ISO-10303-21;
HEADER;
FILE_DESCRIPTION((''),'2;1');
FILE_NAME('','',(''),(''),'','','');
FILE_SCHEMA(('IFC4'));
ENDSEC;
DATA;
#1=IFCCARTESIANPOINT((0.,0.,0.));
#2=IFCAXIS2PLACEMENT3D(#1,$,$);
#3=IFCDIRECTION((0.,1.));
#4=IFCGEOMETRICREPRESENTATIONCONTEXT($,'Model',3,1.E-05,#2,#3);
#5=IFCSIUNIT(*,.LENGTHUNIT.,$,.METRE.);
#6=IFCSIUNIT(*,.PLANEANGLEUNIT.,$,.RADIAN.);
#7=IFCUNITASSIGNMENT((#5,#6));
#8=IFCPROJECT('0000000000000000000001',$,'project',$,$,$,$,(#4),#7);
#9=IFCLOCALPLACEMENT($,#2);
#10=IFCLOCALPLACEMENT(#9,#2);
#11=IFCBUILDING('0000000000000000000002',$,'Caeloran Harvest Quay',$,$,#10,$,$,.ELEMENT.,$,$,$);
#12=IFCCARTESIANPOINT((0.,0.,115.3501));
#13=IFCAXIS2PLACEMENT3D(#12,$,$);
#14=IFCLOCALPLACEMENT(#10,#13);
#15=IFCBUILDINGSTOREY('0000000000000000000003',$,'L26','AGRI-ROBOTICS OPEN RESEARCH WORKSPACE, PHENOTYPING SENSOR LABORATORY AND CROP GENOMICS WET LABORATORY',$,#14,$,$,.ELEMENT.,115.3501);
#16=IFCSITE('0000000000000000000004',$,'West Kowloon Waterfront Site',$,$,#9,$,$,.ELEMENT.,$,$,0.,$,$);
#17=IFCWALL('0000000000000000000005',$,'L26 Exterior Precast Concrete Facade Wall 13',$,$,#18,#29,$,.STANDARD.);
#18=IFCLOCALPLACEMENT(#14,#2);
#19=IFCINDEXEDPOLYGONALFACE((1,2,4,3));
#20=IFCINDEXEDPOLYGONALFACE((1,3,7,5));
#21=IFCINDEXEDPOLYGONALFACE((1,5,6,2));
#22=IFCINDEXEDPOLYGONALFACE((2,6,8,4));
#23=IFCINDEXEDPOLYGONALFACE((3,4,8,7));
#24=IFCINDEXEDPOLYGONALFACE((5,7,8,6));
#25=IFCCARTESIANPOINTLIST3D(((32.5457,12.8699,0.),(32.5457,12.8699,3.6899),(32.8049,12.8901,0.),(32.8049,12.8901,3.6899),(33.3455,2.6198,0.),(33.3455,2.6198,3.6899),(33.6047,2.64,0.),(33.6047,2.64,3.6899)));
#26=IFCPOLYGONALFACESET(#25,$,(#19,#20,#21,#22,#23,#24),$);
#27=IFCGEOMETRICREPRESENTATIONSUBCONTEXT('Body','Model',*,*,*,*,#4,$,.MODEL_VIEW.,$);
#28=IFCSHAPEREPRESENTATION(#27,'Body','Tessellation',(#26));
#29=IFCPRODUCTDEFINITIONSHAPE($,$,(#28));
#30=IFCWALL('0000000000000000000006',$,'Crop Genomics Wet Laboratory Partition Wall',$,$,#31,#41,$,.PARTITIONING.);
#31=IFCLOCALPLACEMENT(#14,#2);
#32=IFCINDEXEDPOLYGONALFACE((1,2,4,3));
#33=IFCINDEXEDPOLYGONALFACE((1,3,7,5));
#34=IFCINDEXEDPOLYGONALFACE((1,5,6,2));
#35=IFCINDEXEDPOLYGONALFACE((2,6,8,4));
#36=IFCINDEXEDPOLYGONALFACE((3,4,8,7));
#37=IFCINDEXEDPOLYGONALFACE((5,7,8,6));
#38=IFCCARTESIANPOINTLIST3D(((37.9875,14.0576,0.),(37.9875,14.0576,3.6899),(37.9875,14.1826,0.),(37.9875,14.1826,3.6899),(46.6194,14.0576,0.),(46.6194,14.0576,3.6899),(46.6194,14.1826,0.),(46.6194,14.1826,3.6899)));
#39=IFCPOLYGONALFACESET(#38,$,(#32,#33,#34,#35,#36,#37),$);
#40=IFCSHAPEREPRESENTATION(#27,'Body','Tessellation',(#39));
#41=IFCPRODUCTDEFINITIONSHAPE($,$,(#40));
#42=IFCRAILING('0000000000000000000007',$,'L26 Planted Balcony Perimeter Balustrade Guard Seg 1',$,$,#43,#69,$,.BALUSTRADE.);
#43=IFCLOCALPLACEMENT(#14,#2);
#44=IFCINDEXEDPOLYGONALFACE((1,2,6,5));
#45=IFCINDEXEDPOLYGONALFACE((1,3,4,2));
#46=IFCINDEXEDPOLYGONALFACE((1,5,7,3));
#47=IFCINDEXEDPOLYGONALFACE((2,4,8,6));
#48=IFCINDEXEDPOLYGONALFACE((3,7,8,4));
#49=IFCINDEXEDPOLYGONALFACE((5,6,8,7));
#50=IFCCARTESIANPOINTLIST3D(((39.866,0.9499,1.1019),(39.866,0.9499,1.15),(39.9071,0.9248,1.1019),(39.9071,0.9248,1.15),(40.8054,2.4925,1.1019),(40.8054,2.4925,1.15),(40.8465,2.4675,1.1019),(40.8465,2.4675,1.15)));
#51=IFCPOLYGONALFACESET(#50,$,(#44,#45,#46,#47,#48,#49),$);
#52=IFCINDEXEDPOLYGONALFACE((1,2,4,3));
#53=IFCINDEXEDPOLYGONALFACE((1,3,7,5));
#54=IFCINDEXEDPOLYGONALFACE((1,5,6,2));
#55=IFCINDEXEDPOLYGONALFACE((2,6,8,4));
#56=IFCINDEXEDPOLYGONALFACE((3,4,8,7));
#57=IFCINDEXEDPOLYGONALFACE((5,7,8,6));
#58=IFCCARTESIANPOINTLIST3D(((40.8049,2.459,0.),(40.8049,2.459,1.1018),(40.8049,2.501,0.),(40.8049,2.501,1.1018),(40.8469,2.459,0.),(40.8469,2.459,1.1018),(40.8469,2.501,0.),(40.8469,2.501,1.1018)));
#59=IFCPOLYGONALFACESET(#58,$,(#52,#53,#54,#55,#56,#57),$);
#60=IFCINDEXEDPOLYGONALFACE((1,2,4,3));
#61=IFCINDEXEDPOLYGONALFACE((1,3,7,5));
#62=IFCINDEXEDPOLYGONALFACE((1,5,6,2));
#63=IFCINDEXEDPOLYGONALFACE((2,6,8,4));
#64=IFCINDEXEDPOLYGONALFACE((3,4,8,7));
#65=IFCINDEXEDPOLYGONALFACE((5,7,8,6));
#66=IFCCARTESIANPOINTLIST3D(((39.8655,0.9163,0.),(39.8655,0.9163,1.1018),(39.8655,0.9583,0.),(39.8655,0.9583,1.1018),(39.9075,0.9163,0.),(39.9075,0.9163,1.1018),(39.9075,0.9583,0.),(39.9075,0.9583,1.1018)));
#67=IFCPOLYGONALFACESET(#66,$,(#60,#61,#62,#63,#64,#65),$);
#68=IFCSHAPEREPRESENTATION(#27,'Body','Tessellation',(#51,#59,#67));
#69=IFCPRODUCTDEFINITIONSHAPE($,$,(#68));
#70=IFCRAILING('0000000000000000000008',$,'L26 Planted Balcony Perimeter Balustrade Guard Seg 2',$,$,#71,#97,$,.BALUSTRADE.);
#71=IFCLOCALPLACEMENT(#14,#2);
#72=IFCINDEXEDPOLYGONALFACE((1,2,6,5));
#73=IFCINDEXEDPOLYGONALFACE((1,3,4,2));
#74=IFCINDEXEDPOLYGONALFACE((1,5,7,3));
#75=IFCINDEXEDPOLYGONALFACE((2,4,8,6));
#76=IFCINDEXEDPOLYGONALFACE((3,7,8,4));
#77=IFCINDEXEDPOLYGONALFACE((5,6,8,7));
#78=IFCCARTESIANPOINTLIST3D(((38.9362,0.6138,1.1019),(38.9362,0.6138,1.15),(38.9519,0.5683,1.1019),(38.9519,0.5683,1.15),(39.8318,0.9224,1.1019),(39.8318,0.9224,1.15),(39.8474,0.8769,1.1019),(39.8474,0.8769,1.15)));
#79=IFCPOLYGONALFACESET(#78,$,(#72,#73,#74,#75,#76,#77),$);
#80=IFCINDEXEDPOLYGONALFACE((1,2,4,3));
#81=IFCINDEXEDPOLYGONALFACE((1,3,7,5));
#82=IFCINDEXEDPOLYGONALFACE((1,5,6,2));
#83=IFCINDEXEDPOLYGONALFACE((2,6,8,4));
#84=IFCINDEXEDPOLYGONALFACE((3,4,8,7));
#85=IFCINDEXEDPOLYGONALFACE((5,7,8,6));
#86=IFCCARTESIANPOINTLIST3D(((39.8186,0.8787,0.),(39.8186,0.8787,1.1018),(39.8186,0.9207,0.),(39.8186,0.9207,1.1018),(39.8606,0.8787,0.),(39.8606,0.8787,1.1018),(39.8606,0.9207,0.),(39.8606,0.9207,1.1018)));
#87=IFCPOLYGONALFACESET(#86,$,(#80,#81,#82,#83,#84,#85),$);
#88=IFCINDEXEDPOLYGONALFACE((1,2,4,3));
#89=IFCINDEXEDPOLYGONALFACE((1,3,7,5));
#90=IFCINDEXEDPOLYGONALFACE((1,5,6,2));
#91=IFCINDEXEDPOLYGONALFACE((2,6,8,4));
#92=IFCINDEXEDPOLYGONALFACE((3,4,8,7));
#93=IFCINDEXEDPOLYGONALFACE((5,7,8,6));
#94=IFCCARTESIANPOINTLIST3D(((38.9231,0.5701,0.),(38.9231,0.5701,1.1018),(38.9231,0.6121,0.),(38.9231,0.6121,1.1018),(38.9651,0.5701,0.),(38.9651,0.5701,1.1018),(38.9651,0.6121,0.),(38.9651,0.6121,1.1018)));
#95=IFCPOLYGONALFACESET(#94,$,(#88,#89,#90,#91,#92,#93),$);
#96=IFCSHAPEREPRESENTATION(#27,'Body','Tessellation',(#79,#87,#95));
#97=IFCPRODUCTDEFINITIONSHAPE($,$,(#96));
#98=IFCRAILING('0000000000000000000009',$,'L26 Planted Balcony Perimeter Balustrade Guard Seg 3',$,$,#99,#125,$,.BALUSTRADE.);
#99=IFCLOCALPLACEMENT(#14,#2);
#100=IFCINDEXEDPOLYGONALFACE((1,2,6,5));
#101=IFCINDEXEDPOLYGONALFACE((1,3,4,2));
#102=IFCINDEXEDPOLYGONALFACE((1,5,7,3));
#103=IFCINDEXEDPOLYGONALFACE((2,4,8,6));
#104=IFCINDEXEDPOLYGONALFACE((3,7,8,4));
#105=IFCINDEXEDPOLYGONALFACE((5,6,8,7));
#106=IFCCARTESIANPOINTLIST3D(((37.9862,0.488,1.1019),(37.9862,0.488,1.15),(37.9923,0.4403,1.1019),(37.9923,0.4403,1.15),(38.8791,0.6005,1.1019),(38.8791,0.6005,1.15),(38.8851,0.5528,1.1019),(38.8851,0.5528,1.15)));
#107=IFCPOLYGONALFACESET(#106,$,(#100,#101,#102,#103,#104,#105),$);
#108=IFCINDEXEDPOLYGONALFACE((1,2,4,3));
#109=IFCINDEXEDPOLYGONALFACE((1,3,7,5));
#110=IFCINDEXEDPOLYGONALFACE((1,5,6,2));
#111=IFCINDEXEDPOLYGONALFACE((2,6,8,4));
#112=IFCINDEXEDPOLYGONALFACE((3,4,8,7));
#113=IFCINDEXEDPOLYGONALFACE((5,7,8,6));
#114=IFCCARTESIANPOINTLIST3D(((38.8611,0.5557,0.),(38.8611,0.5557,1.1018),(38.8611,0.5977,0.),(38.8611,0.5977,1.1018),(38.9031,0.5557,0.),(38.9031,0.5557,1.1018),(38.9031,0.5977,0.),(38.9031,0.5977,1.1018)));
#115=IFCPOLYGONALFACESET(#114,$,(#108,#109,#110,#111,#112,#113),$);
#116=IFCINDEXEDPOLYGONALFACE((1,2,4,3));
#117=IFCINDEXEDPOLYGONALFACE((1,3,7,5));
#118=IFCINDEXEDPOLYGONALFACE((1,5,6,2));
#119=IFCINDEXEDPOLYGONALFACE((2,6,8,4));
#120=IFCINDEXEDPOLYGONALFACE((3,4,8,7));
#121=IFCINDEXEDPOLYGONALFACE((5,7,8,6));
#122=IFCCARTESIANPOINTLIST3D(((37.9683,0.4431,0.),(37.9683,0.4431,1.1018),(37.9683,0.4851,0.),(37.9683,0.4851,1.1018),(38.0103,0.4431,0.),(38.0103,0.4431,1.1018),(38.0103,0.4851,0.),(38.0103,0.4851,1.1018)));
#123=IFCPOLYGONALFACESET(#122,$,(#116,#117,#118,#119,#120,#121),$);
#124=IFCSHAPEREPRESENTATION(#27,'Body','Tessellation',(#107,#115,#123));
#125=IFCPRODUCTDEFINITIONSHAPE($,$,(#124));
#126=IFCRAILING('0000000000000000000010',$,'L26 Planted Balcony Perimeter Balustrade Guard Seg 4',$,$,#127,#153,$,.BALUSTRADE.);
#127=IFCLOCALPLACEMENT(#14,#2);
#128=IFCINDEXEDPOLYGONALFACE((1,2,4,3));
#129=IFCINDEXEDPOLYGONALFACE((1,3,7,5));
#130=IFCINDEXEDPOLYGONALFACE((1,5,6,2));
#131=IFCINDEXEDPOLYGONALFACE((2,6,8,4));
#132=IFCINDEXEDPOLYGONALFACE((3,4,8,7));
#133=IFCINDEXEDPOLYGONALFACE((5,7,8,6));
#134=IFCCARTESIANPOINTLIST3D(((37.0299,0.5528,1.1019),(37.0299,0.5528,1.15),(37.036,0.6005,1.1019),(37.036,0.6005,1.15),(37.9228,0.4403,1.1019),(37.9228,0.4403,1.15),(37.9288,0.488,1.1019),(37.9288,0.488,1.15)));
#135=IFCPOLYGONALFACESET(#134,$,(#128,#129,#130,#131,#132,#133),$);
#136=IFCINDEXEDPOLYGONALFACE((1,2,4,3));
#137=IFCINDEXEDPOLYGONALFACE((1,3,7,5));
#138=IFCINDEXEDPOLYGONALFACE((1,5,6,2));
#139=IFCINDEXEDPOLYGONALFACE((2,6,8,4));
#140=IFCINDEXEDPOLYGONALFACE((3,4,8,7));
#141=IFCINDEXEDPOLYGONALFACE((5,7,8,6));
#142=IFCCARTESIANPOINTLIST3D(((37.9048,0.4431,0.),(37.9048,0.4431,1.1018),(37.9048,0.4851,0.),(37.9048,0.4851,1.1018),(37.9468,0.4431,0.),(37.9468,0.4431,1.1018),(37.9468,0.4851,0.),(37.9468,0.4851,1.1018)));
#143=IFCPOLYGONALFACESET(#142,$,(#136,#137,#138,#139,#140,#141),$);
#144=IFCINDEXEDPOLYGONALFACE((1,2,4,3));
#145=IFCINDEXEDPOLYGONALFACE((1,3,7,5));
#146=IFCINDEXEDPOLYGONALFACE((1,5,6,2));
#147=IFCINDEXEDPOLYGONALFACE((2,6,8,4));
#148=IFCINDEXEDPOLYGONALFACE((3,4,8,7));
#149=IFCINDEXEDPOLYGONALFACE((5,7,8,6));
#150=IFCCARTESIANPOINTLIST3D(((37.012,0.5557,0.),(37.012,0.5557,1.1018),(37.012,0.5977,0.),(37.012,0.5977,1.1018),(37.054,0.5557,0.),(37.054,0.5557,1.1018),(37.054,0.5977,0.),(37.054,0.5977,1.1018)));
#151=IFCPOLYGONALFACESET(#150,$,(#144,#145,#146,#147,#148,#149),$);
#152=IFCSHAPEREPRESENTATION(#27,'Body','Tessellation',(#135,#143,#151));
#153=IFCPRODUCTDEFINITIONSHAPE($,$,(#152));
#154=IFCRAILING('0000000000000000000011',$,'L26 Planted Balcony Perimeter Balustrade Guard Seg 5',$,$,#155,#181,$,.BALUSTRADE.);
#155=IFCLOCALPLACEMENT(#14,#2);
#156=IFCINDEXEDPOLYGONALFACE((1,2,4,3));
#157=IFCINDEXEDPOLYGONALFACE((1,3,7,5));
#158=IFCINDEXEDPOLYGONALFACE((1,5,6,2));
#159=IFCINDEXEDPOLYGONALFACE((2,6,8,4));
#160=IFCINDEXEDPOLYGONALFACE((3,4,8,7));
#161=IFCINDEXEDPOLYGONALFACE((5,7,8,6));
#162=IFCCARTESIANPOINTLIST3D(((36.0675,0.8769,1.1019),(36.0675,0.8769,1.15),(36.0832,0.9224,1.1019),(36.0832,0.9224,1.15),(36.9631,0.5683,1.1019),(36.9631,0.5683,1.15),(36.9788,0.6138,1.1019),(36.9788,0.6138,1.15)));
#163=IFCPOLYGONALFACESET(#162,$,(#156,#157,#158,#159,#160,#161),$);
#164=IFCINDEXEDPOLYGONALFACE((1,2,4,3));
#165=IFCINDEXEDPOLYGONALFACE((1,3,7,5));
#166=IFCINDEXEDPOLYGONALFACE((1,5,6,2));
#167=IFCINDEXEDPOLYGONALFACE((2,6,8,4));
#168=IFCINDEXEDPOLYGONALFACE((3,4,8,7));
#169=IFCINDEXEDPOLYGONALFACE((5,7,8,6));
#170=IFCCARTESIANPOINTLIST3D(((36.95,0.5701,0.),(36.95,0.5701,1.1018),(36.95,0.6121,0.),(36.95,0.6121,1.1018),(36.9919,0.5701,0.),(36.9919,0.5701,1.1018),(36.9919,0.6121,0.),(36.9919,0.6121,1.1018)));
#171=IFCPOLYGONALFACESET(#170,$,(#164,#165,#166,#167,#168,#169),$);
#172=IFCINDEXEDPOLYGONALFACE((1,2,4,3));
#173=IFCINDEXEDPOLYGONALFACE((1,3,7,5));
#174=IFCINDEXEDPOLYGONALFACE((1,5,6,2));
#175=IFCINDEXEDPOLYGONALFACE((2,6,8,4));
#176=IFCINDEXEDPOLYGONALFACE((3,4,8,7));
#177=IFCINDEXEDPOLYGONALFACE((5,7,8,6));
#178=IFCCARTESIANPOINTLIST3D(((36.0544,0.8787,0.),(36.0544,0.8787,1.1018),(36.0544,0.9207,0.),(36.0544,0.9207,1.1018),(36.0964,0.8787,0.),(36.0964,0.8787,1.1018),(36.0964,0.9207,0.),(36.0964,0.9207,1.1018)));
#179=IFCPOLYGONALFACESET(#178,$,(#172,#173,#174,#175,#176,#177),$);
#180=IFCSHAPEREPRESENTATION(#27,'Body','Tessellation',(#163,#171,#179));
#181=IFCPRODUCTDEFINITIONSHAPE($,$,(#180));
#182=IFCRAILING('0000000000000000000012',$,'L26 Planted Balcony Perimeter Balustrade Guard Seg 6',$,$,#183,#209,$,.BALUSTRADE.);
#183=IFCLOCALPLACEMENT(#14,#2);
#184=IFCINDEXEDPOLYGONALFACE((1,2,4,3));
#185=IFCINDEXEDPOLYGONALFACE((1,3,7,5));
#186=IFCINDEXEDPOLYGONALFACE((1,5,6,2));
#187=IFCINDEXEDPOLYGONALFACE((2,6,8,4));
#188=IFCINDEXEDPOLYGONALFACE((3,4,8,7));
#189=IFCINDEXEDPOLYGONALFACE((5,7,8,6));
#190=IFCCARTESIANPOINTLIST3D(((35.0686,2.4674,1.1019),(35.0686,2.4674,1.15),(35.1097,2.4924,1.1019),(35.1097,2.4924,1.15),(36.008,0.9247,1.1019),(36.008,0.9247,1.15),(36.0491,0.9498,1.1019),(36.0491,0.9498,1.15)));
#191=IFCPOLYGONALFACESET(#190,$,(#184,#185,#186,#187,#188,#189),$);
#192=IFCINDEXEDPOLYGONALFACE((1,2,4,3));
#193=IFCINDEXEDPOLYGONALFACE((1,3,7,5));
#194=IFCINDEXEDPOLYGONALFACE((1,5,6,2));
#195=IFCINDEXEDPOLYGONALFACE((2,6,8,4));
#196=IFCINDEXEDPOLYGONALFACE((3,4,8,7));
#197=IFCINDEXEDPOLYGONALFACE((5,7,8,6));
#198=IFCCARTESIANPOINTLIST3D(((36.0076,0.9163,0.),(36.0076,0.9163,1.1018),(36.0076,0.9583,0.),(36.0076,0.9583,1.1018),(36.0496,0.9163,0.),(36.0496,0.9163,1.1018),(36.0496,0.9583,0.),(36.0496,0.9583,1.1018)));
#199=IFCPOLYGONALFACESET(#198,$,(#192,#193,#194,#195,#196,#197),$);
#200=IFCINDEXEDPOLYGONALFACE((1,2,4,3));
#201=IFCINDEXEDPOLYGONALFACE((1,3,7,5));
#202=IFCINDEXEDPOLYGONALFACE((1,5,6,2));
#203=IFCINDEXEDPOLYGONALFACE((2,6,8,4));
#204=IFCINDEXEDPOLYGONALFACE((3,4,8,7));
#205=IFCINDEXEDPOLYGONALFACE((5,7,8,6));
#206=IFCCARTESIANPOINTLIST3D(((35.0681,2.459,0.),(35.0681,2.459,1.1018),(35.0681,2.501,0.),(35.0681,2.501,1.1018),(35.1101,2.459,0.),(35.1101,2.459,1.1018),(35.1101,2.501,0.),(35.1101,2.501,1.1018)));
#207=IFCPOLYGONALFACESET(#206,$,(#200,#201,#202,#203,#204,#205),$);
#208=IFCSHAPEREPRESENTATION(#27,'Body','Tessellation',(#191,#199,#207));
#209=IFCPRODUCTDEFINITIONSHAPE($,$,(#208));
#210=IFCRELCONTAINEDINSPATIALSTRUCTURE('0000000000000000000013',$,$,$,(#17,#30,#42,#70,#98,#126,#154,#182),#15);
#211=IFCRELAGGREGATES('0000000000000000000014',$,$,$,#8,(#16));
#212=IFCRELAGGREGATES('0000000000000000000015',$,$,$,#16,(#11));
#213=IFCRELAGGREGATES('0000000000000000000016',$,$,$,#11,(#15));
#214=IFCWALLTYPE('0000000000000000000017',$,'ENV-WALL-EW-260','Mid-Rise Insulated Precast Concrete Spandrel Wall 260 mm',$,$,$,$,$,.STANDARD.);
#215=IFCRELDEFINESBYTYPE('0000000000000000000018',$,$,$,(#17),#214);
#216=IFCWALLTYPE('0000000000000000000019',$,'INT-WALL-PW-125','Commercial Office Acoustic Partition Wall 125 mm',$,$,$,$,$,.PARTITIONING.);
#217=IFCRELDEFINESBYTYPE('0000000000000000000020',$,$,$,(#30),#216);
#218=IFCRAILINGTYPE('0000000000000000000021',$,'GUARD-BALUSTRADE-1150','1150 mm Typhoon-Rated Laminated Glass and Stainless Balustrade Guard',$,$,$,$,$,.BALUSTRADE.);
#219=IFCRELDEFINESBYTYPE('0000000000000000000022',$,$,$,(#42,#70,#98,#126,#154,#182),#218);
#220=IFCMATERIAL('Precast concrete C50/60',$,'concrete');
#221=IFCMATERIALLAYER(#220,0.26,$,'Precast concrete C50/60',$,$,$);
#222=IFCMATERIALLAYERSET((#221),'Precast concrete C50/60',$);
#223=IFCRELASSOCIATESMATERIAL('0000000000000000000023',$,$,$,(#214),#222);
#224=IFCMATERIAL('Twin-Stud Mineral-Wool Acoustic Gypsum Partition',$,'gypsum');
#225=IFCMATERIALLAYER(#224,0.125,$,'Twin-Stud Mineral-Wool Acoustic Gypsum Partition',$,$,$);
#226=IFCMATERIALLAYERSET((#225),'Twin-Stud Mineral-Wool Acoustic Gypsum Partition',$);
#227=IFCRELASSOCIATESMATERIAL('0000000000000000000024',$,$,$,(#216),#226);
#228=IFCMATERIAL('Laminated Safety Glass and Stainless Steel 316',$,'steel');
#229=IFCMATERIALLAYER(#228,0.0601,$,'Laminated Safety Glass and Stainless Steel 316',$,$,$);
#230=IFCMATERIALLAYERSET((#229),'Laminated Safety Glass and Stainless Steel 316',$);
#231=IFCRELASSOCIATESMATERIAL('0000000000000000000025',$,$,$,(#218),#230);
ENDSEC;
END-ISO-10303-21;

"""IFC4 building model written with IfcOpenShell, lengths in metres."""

from ifc_helpers import new_model, si_unit, direction, frame, frame_2d, origin, origin_2d, place, context, subcontext, project, spatial, rectangle, extrude, material, layer, layer_set, type_object, element, save


model = new_model("IFC4")

# Units and contexts
model_context = context("Model", 3, precision=1e-05, world=origin(), true_north=direction((0.0, 1.0)))
body_context = subcontext(model_context, "Body", "Model", "MODEL_VIEW")
ifc_project = project(units=[si_unit("LENGTHUNIT", "METRE"), si_unit("PLANEANGLEUNIT", "RADIAN")], contexts=[model_context])

# Site, building, storey
site_placement = place(None, origin())
site = spatial("IfcSite", under=ifc_project, at=site_placement, Name="West Kowloon Waterfront Site", CompositionType="ELEMENT", RefElevation=0.0)
building_placement = place(site_placement, origin())
building = spatial("IfcBuilding", under=site, at=building_placement, Name="Caeloran Harvest Quay", CompositionType="ELEMENT")
storey_placement = place(building_placement, frame((0.0, 0.0, 115.3501)))
storey = spatial("IfcBuildingStorey", under=building, at=storey_placement, Name="L26", Description="AGRI-ROBOTICS OPEN RESEARCH WORKSPACE, PHENOTYPING SENSOR LABORATORY AND CROP GENOMICS WET LABORATORY", CompositionType="ELEMENT", Elevation=115.3501)

# Shared definitions
ifc_material_1 = material(Name="Precast concrete C50/60", Category="concrete")

# Shared definitions
ifc_layer_1 = layer(ifc_material_1, 0.26, Name="Precast concrete C50/60")
ifc_layer_set_1 = layer_set([ifc_layer_1], Name="Precast concrete C50/60")
wall_type_1 = type_object("IfcWallType", Name="ENV-WALL-EW-260", Description="Mid-Rise Insulated Precast Concrete Spandrel Wall 260 mm", PredefinedType="STANDARD", material=ifc_layer_set_1)

# Walls
wall_1_placement = place(storey_placement, frame((33.4751, 2.6299, 0.0), z_axis=(0.0, 0.0, 1.0), x_axis=(-0.077793, 0.99697, 0.0)))
element("IfcWall", 1, at=wall_1_placement, inside=storey, type_object=wall_type_1, Name="L26 Exterior Precast Concrete Facade Wall 13", PredefinedType="STANDARD", context=body_context, shape_type="SweptSolid", body=[
    extrude(rectangle(XDim=10.2812, YDim=0.26, at=frame_2d((5.1406, 0.0))), origin(), (0.0, 0.0, 1.0), 3.6899),
])
ifc_material_2 = material(Name="Twin-Stud Mineral-Wool Acoustic Gypsum Partition", Category="gypsum")
ifc_layer_2 = layer(ifc_material_2, 0.125, Name="Twin-Stud Mineral-Wool Acoustic Gypsum Partition")
ifc_layer_set_2 = layer_set([ifc_layer_2], Name="Twin-Stud Mineral-Wool Acoustic Gypsum Partition")
wall_type_2 = type_object("IfcWallType", Name="INT-WALL-PW-125", Description="Commercial Office Acoustic Partition Wall 125 mm", PredefinedType="PARTITIONING", material=ifc_layer_set_2)
wall_2_placement = place(storey_placement, frame((37.9875, 14.1201, 0.0), z_axis=(0.0, 0.0, 1.0), x_axis=(1.0, 0.0, 0.0)))
element("IfcWall", 2, at=wall_2_placement, inside=storey, type_object=wall_type_2, Name="Crop Genomics Wet Laboratory Partition Wall", PredefinedType="PARTITIONING", context=body_context, shape_type="SweptSolid", body=[
    extrude(rectangle(XDim=8.6318, YDim=0.125, at=frame_2d((4.3159, 0.0))), origin(), (0.0, 0.0, 1.0), 3.6899),
])

# Railings
ifc_material_3 = material(Name="Laminated Safety Glass and Stainless Steel 316", Category="steel")
ifc_layer_3 = layer(ifc_material_3, 0.0601, Name="Laminated Safety Glass and Stainless Steel 316")
ifc_layer_set_3 = layer_set([ifc_layer_3], Name="Laminated Safety Glass and Stainless Steel 316")
railing_type = type_object("IfcRailingType", Name="GUARD-BALUSTRADE-1150", Description="1150 mm Typhoon-Rated Laminated Glass and Stainless Balustrade Guard", PredefinedType="BALUSTRADE", material=ifc_layer_set_3)
railing_1_placement = place(storey_placement, frame((40.8259, 2.48, 0.0)))
element("IfcRailing", 3, at=railing_1_placement, inside=storey, type_object=railing_type, Name="L26 Planted Balcony Perimeter Balustrade Guard Seg 1", PredefinedType="BALUSTRADE", context=body_context, shape_type="SweptSolid", body=[
    extrude(rectangle(XDim=0.0481, YDim=0.0481, at=origin_2d()), frame((0.0, 0.0, 1.126), z_axis=(-0.52011, -0.854099, 0.0), x_axis=(0.854099, -0.52011, 0.0)), (0.0, 0.0, 1.0), 1.8062),
    extrude(rectangle(XDim=0.042, YDim=0.042, at=origin_2d()), origin(), (0.0, 0.0, 1.0), 1.1018),
    extrude(rectangle(XDim=0.042, YDim=0.042, at=origin_2d()), frame((-0.9395, -1.5427, 0.0)), (0.0, 0.0, 1.0), 1.1018),
])
railing_2_placement = place(storey_placement, frame((39.8396, 0.8997, 0.0)))
element("IfcRailing", 4, at=railing_2_placement, inside=storey, type_object=railing_type, Name="L26 Planted Balcony Perimeter Balustrade Guard Seg 2", PredefinedType="BALUSTRADE", context=body_context, shape_type="SweptSolid", body=[
    extrude(rectangle(XDim=0.0481, YDim=0.0481, at=origin_2d()), frame((0.0, 0.0, 1.126), z_axis=(-0.945439, -0.3258, 0.0), x_axis=(0.3258, -0.945439, 0.0)), (0.0, 0.0, 1.0), 0.9473),
    extrude(rectangle(XDim=0.042, YDim=0.042, at=origin_2d()), origin(), (0.0, 0.0, 1.0), 1.1018),
    extrude(rectangle(XDim=0.042, YDim=0.042, at=origin_2d()), frame((-0.8955, -0.3086, 0.0)), (0.0, 0.0, 1.0), 1.1018),
])
railing_3_placement = place(storey_placement, frame((38.8821, 0.5767, 0.0)))
element("IfcRailing", 5, at=railing_3_placement, inside=storey, type_object=railing_type, Name="L26 Planted Balcony Perimeter Balustrade Guard Seg 3", PredefinedType="BALUSTRADE", context=body_context, shape_type="SweptSolid", body=[
    extrude(rectangle(XDim=0.0481, YDim=0.0481, at=origin_2d()), frame((0.0, 0.0, 1.126), z_axis=(-0.992148, -0.12507, 0.0), x_axis=(0.12507, -0.992148, 0.0)), (0.0, 0.0, 1.0), 0.8999),
    extrude(rectangle(XDim=0.042, YDim=0.042, at=origin_2d()), origin(), (0.0, 0.0, 1.0), 1.1018),
    extrude(rectangle(XDim=0.042, YDim=0.042, at=origin_2d()), frame((-0.8928, -0.1125, 0.0)), (0.0, 0.0, 1.0), 1.1018),
])
railing_4_placement = place(storey_placement, frame((37.9258, 0.4641, 0.0)))
element("IfcRailing", 6, at=railing_4_placement, inside=storey, type_object=railing_type, Name="L26 Planted Balcony Perimeter Balustrade Guard Seg 4", PredefinedType="BALUSTRADE", context=body_context, shape_type="SweptSolid", body=[
    extrude(rectangle(XDim=0.0481, YDim=0.0481, at=origin_2d()), frame((0.0, 0.0, 1.126), z_axis=(-0.992148, 0.12507, 0.0), x_axis=(-0.12507, -0.992148, 0.0)), (0.0, 0.0, 1.0), 0.8999),
    extrude(rectangle(XDim=0.042, YDim=0.042, at=origin_2d()), origin(), (0.0, 0.0, 1.0), 1.1018),
    extrude(rectangle(XDim=0.042, YDim=0.042, at=origin_2d()), frame((-0.8928, 0.1125, 0.0)), (0.0, 0.0, 1.0), 1.1018),
])
railing_5_placement = place(storey_placement, frame((36.9709, 0.5911, 0.0)))
element("IfcRailing", 7, at=railing_5_placement, inside=storey, type_object=railing_type, Name="L26 Planted Balcony Perimeter Balustrade Guard Seg 5", PredefinedType="BALUSTRADE", context=body_context, shape_type="SweptSolid", body=[
    extrude(rectangle(XDim=0.0481, YDim=0.0481, at=origin_2d()), frame((0.0, 0.0, 1.126), z_axis=(-0.945439, 0.3258, 0.0), x_axis=(-0.3258, -0.945439, 0.0)), (0.0, 0.0, 1.0), 0.9473),
    extrude(rectangle(XDim=0.042, YDim=0.042, at=origin_2d()), origin(), (0.0, 0.0, 1.0), 1.1018),
    extrude(rectangle(XDim=0.042, YDim=0.042, at=origin_2d()), frame((-0.8955, 0.3086, 0.0)), (0.0, 0.0, 1.0), 1.1018),
])
railing_6_placement = place(storey_placement, frame((36.0286, 0.9373, 0.0)))
element("IfcRailing", 8, at=railing_6_placement, inside=storey, type_object=railing_type, Name="L26 Planted Balcony Perimeter Balustrade Guard Seg 6", PredefinedType="BALUSTRADE", context=body_context, shape_type="SweptSolid", body=[
    extrude(rectangle(XDim=0.0481, YDim=0.0481, at=origin_2d()), frame((0.0, 0.0, 1.126), z_axis=(-0.52011, 0.854099, 0.0), x_axis=(-0.854099, -0.52011, 0.0)), (0.0, 0.0, 1.0), 1.8062),
    extrude(rectangle(XDim=0.042, YDim=0.042, at=origin_2d()), origin(), (0.0, 0.0, 1.0), 1.1018),
    extrude(rectangle(XDim=0.042, YDim=0.042, at=origin_2d()), frame((-0.9395, 1.5427, 0.0)), (0.0, 0.0, 1.0), 1.1018),
])

save(model, "model.ifc")
